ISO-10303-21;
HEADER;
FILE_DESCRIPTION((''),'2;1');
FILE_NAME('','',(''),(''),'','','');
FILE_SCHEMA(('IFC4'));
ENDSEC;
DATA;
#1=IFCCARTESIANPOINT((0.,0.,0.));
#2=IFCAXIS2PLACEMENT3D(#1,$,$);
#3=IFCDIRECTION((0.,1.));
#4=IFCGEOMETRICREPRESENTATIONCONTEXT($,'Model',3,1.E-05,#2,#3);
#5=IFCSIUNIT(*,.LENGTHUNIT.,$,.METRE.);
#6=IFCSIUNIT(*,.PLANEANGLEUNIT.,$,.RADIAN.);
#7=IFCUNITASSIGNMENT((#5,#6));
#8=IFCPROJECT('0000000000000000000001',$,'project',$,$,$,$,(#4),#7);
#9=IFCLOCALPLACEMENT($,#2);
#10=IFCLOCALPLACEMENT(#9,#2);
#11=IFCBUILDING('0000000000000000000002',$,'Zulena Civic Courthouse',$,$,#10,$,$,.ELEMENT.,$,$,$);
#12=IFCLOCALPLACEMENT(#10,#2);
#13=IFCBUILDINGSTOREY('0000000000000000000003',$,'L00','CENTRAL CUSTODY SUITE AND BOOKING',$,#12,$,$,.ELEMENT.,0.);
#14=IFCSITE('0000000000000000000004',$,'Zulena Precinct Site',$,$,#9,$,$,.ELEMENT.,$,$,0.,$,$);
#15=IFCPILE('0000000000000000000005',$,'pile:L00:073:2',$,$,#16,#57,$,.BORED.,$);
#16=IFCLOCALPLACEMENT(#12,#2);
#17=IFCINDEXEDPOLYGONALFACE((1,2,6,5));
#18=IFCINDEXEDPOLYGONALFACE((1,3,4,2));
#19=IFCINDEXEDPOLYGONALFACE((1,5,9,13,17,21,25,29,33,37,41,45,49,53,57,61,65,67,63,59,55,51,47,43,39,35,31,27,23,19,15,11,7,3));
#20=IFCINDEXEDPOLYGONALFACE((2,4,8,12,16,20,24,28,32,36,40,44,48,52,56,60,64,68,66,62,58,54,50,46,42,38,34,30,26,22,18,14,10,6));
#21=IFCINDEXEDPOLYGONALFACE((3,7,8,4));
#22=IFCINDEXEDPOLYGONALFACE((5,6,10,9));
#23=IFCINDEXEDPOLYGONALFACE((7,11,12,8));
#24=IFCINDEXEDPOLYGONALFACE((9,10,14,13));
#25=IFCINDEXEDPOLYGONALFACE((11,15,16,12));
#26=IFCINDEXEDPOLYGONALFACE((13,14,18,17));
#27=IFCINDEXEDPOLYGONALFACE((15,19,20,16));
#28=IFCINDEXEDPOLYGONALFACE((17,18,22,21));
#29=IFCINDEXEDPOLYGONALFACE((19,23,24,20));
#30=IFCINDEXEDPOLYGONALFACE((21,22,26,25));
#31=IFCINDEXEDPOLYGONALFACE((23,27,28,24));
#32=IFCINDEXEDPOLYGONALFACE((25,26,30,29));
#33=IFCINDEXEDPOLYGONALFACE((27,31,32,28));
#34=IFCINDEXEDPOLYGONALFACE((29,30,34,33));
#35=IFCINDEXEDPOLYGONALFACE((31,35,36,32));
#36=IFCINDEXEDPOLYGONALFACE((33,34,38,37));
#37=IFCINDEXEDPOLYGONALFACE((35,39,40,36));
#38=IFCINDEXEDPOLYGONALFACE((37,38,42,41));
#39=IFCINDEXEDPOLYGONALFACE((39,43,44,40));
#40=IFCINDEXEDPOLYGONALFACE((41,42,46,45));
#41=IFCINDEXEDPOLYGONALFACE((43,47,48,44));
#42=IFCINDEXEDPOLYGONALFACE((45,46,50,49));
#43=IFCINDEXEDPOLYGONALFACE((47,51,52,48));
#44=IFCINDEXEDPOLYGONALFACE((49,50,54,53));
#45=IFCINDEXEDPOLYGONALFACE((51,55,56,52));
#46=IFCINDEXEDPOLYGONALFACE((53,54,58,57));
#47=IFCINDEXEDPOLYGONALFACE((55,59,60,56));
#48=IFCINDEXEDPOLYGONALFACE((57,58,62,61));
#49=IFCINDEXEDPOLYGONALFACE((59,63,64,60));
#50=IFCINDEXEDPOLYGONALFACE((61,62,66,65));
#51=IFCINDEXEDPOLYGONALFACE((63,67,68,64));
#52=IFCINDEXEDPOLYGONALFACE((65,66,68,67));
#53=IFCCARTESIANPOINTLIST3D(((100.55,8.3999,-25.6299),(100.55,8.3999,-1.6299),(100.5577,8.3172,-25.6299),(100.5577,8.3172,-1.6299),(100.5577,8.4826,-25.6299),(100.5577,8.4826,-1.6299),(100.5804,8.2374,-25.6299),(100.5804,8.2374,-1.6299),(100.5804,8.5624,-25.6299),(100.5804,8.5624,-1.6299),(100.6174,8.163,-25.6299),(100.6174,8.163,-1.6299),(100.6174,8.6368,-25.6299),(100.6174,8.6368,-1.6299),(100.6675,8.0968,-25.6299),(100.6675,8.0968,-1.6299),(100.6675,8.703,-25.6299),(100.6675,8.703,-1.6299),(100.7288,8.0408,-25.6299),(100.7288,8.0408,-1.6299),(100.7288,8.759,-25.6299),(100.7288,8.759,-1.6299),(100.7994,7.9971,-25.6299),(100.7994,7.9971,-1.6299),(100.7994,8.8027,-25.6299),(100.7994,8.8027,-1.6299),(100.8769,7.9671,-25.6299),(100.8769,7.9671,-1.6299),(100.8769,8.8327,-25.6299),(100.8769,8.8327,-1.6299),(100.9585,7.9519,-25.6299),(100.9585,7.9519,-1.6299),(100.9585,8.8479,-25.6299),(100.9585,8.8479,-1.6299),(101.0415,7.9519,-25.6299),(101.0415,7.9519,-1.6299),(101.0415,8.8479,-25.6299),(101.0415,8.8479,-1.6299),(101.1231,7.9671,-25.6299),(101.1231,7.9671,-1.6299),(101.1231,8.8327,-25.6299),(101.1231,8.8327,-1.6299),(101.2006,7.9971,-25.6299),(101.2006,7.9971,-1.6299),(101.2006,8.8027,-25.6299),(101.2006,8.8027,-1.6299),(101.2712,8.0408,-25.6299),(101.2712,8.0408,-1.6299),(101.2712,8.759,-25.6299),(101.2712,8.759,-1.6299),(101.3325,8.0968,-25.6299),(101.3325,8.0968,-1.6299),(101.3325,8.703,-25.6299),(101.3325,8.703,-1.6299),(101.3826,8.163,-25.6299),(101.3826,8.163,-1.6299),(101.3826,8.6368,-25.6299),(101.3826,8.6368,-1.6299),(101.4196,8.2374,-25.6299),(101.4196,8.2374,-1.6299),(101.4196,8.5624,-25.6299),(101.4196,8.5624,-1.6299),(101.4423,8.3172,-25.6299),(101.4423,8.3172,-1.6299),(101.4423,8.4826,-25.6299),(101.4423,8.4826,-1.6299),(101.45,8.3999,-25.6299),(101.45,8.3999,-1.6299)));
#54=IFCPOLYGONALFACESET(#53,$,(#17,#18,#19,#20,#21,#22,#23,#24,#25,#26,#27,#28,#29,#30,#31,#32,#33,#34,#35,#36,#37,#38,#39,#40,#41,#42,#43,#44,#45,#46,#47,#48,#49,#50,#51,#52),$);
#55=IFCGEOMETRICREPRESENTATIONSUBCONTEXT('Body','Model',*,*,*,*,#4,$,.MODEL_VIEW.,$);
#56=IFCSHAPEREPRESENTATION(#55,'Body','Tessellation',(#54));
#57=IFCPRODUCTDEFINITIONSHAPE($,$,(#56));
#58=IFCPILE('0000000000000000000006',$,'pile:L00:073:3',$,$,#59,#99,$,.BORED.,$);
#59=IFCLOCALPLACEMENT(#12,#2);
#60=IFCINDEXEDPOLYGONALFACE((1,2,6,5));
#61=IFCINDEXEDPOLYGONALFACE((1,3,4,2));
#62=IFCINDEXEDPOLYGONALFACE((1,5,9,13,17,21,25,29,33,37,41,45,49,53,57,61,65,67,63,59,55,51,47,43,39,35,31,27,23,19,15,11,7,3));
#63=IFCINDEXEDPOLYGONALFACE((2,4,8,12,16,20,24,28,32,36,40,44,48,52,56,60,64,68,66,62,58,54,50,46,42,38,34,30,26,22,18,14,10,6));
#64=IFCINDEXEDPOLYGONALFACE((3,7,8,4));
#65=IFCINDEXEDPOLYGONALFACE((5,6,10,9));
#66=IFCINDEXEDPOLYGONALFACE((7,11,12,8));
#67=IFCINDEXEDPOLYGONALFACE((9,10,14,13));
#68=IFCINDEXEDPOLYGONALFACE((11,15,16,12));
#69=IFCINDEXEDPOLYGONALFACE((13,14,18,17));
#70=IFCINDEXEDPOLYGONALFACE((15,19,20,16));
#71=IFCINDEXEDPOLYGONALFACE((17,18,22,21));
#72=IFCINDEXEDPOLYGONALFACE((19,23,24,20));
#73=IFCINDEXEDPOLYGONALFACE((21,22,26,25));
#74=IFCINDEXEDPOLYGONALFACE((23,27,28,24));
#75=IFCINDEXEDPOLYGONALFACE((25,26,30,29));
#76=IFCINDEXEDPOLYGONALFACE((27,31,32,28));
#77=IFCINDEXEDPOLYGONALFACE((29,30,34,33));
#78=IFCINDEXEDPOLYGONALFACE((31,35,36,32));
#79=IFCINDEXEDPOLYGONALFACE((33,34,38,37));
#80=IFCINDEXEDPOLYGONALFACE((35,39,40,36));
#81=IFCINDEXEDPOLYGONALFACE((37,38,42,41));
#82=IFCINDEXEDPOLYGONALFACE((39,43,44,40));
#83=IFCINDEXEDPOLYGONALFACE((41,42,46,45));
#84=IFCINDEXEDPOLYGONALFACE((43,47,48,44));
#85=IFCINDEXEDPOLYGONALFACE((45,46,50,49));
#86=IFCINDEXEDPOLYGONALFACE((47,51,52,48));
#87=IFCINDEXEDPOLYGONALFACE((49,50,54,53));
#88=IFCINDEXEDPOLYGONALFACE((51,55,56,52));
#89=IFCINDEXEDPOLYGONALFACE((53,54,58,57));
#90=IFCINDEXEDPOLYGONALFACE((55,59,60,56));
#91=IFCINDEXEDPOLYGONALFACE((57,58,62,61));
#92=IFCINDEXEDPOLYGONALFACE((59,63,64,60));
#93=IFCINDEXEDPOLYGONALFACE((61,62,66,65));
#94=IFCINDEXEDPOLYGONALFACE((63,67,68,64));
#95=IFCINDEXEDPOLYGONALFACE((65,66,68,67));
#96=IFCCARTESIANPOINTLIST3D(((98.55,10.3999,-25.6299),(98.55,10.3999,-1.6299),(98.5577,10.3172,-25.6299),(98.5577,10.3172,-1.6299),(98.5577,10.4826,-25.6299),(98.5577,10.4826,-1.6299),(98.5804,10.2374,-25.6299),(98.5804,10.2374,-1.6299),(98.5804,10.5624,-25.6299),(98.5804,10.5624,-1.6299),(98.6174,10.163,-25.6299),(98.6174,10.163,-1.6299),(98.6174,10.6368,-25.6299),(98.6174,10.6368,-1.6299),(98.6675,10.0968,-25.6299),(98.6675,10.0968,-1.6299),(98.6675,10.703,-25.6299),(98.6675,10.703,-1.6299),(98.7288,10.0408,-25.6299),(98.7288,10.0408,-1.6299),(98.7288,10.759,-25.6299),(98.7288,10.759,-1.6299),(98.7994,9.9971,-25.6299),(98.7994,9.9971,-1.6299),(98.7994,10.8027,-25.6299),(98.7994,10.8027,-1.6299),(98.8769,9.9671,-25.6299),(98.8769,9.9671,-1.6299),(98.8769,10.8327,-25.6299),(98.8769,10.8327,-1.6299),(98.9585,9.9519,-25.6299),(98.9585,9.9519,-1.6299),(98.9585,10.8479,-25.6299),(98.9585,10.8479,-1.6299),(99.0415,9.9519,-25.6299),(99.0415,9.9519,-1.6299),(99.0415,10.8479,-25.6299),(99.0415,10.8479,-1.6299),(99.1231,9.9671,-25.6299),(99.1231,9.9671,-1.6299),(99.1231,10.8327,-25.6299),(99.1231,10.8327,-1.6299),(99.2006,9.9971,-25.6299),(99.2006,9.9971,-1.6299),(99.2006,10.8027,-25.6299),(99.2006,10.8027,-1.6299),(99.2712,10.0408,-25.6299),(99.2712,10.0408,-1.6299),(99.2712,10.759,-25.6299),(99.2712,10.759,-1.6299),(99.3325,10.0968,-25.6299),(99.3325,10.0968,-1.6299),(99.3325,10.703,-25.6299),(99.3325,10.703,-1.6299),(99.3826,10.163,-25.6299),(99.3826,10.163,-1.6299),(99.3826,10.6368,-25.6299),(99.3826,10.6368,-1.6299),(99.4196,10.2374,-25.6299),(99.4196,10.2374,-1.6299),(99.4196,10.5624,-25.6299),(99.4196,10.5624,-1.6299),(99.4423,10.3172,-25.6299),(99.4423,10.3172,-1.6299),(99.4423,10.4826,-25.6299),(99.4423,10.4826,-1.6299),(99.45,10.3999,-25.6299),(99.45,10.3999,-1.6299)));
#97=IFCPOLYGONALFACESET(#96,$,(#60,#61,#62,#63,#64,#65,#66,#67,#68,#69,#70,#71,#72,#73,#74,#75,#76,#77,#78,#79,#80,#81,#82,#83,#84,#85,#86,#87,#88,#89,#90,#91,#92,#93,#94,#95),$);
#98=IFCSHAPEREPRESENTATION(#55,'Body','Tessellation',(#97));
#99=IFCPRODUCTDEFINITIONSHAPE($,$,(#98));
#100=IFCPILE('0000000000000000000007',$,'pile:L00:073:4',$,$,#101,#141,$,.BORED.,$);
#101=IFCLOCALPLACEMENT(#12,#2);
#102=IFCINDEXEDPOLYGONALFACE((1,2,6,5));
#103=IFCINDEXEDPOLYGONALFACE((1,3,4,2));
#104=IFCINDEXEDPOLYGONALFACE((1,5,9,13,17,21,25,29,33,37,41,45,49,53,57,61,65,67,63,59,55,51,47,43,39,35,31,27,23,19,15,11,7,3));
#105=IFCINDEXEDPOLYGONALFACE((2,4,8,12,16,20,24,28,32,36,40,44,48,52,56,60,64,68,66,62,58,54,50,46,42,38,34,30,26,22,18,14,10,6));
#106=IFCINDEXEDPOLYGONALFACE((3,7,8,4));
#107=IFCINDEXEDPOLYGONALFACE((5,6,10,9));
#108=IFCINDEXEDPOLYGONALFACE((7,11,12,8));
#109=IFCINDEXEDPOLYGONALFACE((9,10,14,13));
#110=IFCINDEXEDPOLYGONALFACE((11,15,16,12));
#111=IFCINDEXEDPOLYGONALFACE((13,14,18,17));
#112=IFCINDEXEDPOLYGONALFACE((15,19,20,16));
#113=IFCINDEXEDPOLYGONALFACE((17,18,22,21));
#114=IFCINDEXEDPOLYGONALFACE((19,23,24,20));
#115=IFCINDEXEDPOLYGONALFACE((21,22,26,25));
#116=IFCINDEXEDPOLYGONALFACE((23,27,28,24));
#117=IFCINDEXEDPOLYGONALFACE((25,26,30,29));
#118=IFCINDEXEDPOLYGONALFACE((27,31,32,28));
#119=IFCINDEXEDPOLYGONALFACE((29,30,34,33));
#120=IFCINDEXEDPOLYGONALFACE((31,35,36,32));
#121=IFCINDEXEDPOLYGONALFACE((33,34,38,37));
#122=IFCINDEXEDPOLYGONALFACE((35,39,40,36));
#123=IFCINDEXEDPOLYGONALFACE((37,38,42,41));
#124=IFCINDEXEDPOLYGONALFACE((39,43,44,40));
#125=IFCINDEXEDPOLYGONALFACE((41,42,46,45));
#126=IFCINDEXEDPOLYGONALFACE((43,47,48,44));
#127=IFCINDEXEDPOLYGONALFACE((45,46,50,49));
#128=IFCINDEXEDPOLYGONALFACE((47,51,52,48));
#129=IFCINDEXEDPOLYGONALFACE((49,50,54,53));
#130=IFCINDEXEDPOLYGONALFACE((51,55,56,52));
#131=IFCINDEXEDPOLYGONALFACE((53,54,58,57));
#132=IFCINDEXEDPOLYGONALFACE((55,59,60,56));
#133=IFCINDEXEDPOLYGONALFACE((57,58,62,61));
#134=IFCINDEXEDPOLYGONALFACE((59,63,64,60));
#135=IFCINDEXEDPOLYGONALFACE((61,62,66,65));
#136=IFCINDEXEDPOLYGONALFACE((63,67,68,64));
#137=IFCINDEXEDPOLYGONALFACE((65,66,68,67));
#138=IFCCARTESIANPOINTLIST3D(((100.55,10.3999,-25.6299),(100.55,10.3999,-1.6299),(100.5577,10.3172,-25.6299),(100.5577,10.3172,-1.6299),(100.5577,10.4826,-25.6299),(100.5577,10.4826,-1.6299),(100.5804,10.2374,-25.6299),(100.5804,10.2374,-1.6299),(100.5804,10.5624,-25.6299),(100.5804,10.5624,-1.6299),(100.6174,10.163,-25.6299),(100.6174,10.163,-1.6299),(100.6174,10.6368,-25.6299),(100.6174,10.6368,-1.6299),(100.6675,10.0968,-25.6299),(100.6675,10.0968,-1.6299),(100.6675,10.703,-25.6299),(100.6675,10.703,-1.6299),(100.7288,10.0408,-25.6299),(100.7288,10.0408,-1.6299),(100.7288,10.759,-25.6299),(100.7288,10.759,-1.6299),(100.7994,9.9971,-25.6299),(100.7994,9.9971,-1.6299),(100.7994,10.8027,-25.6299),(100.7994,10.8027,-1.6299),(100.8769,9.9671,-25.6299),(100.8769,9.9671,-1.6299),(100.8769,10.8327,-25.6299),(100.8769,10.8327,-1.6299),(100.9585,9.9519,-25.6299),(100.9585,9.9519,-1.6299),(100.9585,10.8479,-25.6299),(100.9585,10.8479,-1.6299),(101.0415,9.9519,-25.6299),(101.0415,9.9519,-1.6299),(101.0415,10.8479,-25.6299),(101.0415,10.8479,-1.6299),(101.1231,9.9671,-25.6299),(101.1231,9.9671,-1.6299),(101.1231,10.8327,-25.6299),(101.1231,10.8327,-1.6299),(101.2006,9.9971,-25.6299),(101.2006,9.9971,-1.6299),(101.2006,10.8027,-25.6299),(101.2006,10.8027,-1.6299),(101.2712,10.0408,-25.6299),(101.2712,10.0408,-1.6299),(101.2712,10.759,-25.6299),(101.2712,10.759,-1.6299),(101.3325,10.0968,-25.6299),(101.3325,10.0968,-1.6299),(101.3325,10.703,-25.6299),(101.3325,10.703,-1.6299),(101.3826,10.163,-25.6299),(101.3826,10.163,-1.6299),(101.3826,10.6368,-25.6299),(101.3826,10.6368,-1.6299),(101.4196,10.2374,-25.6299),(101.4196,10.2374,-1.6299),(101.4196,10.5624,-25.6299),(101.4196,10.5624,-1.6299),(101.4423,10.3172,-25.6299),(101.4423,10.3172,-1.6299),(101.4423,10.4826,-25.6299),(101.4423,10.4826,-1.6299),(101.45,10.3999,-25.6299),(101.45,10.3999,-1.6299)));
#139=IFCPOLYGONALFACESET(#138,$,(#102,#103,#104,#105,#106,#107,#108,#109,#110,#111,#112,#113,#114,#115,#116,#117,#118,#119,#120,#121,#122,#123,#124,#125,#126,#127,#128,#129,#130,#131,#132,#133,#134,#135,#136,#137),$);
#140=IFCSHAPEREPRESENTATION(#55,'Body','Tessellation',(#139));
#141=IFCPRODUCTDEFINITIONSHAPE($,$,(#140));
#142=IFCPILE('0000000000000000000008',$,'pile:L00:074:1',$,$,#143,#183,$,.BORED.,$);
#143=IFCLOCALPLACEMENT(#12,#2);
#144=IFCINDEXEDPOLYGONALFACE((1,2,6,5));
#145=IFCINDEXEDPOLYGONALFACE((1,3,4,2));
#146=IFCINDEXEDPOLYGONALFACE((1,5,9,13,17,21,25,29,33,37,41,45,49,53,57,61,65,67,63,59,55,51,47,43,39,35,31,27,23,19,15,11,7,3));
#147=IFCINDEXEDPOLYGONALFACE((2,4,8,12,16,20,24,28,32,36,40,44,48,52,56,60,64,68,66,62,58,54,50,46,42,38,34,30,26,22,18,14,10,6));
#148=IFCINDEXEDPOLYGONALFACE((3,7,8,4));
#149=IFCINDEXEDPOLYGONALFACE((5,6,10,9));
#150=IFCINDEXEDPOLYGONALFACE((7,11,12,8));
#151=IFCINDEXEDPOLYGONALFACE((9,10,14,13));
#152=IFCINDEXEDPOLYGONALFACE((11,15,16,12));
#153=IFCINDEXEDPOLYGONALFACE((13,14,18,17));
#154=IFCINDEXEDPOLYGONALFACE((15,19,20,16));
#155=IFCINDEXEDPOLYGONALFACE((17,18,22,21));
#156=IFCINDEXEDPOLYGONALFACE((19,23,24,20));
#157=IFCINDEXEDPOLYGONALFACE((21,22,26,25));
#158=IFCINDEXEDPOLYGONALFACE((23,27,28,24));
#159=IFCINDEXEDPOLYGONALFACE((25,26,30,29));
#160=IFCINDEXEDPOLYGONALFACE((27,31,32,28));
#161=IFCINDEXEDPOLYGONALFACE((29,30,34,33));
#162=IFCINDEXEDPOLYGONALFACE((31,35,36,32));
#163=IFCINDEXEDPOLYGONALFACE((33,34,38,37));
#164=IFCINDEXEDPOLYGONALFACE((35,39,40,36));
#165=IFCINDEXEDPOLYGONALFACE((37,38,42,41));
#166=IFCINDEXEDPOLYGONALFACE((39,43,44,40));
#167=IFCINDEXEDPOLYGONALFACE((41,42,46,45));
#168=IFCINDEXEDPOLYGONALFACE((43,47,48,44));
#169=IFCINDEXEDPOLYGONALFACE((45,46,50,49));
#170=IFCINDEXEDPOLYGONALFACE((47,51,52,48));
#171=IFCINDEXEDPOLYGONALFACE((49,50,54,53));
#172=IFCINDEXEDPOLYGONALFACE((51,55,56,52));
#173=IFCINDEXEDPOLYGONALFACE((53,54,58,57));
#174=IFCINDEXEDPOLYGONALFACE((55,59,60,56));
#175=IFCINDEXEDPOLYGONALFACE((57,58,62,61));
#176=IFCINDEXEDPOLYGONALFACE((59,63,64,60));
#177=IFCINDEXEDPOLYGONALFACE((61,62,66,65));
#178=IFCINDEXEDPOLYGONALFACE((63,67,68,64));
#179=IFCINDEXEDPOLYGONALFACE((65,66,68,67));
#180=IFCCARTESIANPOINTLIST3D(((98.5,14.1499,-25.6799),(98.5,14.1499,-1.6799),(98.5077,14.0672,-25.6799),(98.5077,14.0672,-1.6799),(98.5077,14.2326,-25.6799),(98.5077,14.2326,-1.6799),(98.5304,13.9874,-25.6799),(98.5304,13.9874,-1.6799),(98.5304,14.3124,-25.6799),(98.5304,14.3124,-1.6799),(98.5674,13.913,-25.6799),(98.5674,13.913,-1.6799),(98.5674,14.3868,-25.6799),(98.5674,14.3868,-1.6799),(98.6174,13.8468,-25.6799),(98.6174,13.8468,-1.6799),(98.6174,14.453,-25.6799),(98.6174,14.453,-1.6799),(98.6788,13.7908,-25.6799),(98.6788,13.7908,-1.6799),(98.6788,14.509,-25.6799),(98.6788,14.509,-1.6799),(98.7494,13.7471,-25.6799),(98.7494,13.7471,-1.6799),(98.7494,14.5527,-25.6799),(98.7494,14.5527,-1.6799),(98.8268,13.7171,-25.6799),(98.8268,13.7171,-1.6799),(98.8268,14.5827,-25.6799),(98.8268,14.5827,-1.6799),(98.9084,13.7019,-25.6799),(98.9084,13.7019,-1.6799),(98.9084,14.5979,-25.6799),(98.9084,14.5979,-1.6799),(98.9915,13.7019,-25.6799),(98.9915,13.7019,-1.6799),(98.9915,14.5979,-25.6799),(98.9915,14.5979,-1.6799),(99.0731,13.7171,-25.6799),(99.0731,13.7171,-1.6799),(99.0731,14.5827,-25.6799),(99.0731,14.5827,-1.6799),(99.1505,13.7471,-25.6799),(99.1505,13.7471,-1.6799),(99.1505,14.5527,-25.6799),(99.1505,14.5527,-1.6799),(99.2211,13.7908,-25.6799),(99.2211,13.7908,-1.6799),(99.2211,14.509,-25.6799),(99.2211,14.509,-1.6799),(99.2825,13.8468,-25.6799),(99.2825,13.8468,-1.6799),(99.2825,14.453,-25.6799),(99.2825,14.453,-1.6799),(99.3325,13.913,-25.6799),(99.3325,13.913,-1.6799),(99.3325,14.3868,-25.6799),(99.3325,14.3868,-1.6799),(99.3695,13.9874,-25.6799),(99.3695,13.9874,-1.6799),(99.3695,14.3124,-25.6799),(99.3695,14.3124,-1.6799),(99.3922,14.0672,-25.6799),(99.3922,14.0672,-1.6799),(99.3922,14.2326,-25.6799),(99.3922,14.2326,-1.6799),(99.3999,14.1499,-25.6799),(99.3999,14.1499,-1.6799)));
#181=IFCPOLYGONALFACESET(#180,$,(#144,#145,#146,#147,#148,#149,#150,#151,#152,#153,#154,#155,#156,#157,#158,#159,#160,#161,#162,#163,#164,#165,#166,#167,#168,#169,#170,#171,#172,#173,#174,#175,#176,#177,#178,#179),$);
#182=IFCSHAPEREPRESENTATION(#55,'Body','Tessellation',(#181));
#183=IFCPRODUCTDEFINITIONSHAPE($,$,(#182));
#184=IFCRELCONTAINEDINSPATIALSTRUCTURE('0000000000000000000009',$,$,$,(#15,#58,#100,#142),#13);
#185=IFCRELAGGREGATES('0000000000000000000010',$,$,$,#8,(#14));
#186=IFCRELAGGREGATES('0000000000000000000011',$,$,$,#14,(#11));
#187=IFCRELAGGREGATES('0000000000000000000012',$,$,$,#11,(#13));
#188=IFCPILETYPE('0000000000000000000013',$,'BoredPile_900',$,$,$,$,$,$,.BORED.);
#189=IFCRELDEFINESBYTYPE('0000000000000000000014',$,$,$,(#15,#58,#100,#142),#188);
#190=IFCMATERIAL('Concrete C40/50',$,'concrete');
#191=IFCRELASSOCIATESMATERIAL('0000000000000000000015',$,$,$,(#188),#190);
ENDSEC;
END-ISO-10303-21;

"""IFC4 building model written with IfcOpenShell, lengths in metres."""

from ifc_helpers import new_model, si_unit, direction, frame, origin, origin_2d, place, context, subcontext, project, spatial, circle, extrude, material, material_profile, profile_set, type_object, element, save


model = new_model("IFC4")

# Units and contexts
model_context = context("Model", 3, precision=1e-05, world=origin(), true_north=direction((0.0, 1.0)))
body_context = subcontext(model_context, "Body", "Model", "MODEL_VIEW")
ifc_project = project(units=[si_unit("LENGTHUNIT", "METRE"), si_unit("PLANEANGLEUNIT", "RADIAN")], contexts=[model_context])

# Site, building, storey
site_placement = place(None, origin())
site = spatial("IfcSite", under=ifc_project, at=site_placement, Name="Zulena Precinct Site", CompositionType="ELEMENT", RefElevation=0.0)
building_placement = place(site_placement, origin())
building = spatial("IfcBuilding", under=site, at=building_placement, Name="Zulena Civic Courthouse", CompositionType="ELEMENT")
storey_placement = place(building_placement, origin())
storey = spatial("IfcBuildingStorey", under=building, at=storey_placement, Name="L00", Description="CENTRAL CUSTODY SUITE AND BOOKING", CompositionType="ELEMENT", Elevation=0.0)

# Piles
ifc_material_1 = material(Name="Concrete C40/50", Category="concrete")
ifc_material_profile_1 = material_profile(ifc_material_1, circle(Radius=0.45, at=origin_2d()), Name="PILE900")
ifc_profile_set_1 = profile_set([ifc_material_profile_1], Name="Concrete C40/50")
pile_type = type_object("IfcPileType", Name="BoredPile_900", PredefinedType="BORED", material=ifc_profile_set_1)
for number, where, z_axis, x_axis, name in (
    (1, (101.0, 8.3999, -1.6299), (0.0, 0.0, -1.0), (1.0, 0.0, 0.0), "pile:L00:073:2"),
    (2, (99.0, 10.3999, -1.6299), (0.0, 0.0, -1.0), (1.0, 0.0, 0.0), "pile:L00:073:3"),
    (3, (101.0, 10.3999, -1.6299), (0.0, 0.0, -1.0), (1.0, 0.0, 0.0), "pile:L00:073:4"),
    (4, (98.95, 14.1499, -1.6799), (0.0, 0.0, -1.0), (1.0, 0.0, 0.0), "pile:L00:074:1"),
):
    element("IfcPile", number, at=place(storey_placement, frame(where, z_axis=z_axis, x_axis=x_axis)), inside=storey, type_object=pile_type, Name=name, PredefinedType="BORED", context=body_context, shape_type="SweptSolid", body=[
        extrude(circle(Radius=0.45, at=origin_2d()), origin(), (0.0, 0.0, 1.0), 24.0),
    ])

save(model, "model.ifc")
